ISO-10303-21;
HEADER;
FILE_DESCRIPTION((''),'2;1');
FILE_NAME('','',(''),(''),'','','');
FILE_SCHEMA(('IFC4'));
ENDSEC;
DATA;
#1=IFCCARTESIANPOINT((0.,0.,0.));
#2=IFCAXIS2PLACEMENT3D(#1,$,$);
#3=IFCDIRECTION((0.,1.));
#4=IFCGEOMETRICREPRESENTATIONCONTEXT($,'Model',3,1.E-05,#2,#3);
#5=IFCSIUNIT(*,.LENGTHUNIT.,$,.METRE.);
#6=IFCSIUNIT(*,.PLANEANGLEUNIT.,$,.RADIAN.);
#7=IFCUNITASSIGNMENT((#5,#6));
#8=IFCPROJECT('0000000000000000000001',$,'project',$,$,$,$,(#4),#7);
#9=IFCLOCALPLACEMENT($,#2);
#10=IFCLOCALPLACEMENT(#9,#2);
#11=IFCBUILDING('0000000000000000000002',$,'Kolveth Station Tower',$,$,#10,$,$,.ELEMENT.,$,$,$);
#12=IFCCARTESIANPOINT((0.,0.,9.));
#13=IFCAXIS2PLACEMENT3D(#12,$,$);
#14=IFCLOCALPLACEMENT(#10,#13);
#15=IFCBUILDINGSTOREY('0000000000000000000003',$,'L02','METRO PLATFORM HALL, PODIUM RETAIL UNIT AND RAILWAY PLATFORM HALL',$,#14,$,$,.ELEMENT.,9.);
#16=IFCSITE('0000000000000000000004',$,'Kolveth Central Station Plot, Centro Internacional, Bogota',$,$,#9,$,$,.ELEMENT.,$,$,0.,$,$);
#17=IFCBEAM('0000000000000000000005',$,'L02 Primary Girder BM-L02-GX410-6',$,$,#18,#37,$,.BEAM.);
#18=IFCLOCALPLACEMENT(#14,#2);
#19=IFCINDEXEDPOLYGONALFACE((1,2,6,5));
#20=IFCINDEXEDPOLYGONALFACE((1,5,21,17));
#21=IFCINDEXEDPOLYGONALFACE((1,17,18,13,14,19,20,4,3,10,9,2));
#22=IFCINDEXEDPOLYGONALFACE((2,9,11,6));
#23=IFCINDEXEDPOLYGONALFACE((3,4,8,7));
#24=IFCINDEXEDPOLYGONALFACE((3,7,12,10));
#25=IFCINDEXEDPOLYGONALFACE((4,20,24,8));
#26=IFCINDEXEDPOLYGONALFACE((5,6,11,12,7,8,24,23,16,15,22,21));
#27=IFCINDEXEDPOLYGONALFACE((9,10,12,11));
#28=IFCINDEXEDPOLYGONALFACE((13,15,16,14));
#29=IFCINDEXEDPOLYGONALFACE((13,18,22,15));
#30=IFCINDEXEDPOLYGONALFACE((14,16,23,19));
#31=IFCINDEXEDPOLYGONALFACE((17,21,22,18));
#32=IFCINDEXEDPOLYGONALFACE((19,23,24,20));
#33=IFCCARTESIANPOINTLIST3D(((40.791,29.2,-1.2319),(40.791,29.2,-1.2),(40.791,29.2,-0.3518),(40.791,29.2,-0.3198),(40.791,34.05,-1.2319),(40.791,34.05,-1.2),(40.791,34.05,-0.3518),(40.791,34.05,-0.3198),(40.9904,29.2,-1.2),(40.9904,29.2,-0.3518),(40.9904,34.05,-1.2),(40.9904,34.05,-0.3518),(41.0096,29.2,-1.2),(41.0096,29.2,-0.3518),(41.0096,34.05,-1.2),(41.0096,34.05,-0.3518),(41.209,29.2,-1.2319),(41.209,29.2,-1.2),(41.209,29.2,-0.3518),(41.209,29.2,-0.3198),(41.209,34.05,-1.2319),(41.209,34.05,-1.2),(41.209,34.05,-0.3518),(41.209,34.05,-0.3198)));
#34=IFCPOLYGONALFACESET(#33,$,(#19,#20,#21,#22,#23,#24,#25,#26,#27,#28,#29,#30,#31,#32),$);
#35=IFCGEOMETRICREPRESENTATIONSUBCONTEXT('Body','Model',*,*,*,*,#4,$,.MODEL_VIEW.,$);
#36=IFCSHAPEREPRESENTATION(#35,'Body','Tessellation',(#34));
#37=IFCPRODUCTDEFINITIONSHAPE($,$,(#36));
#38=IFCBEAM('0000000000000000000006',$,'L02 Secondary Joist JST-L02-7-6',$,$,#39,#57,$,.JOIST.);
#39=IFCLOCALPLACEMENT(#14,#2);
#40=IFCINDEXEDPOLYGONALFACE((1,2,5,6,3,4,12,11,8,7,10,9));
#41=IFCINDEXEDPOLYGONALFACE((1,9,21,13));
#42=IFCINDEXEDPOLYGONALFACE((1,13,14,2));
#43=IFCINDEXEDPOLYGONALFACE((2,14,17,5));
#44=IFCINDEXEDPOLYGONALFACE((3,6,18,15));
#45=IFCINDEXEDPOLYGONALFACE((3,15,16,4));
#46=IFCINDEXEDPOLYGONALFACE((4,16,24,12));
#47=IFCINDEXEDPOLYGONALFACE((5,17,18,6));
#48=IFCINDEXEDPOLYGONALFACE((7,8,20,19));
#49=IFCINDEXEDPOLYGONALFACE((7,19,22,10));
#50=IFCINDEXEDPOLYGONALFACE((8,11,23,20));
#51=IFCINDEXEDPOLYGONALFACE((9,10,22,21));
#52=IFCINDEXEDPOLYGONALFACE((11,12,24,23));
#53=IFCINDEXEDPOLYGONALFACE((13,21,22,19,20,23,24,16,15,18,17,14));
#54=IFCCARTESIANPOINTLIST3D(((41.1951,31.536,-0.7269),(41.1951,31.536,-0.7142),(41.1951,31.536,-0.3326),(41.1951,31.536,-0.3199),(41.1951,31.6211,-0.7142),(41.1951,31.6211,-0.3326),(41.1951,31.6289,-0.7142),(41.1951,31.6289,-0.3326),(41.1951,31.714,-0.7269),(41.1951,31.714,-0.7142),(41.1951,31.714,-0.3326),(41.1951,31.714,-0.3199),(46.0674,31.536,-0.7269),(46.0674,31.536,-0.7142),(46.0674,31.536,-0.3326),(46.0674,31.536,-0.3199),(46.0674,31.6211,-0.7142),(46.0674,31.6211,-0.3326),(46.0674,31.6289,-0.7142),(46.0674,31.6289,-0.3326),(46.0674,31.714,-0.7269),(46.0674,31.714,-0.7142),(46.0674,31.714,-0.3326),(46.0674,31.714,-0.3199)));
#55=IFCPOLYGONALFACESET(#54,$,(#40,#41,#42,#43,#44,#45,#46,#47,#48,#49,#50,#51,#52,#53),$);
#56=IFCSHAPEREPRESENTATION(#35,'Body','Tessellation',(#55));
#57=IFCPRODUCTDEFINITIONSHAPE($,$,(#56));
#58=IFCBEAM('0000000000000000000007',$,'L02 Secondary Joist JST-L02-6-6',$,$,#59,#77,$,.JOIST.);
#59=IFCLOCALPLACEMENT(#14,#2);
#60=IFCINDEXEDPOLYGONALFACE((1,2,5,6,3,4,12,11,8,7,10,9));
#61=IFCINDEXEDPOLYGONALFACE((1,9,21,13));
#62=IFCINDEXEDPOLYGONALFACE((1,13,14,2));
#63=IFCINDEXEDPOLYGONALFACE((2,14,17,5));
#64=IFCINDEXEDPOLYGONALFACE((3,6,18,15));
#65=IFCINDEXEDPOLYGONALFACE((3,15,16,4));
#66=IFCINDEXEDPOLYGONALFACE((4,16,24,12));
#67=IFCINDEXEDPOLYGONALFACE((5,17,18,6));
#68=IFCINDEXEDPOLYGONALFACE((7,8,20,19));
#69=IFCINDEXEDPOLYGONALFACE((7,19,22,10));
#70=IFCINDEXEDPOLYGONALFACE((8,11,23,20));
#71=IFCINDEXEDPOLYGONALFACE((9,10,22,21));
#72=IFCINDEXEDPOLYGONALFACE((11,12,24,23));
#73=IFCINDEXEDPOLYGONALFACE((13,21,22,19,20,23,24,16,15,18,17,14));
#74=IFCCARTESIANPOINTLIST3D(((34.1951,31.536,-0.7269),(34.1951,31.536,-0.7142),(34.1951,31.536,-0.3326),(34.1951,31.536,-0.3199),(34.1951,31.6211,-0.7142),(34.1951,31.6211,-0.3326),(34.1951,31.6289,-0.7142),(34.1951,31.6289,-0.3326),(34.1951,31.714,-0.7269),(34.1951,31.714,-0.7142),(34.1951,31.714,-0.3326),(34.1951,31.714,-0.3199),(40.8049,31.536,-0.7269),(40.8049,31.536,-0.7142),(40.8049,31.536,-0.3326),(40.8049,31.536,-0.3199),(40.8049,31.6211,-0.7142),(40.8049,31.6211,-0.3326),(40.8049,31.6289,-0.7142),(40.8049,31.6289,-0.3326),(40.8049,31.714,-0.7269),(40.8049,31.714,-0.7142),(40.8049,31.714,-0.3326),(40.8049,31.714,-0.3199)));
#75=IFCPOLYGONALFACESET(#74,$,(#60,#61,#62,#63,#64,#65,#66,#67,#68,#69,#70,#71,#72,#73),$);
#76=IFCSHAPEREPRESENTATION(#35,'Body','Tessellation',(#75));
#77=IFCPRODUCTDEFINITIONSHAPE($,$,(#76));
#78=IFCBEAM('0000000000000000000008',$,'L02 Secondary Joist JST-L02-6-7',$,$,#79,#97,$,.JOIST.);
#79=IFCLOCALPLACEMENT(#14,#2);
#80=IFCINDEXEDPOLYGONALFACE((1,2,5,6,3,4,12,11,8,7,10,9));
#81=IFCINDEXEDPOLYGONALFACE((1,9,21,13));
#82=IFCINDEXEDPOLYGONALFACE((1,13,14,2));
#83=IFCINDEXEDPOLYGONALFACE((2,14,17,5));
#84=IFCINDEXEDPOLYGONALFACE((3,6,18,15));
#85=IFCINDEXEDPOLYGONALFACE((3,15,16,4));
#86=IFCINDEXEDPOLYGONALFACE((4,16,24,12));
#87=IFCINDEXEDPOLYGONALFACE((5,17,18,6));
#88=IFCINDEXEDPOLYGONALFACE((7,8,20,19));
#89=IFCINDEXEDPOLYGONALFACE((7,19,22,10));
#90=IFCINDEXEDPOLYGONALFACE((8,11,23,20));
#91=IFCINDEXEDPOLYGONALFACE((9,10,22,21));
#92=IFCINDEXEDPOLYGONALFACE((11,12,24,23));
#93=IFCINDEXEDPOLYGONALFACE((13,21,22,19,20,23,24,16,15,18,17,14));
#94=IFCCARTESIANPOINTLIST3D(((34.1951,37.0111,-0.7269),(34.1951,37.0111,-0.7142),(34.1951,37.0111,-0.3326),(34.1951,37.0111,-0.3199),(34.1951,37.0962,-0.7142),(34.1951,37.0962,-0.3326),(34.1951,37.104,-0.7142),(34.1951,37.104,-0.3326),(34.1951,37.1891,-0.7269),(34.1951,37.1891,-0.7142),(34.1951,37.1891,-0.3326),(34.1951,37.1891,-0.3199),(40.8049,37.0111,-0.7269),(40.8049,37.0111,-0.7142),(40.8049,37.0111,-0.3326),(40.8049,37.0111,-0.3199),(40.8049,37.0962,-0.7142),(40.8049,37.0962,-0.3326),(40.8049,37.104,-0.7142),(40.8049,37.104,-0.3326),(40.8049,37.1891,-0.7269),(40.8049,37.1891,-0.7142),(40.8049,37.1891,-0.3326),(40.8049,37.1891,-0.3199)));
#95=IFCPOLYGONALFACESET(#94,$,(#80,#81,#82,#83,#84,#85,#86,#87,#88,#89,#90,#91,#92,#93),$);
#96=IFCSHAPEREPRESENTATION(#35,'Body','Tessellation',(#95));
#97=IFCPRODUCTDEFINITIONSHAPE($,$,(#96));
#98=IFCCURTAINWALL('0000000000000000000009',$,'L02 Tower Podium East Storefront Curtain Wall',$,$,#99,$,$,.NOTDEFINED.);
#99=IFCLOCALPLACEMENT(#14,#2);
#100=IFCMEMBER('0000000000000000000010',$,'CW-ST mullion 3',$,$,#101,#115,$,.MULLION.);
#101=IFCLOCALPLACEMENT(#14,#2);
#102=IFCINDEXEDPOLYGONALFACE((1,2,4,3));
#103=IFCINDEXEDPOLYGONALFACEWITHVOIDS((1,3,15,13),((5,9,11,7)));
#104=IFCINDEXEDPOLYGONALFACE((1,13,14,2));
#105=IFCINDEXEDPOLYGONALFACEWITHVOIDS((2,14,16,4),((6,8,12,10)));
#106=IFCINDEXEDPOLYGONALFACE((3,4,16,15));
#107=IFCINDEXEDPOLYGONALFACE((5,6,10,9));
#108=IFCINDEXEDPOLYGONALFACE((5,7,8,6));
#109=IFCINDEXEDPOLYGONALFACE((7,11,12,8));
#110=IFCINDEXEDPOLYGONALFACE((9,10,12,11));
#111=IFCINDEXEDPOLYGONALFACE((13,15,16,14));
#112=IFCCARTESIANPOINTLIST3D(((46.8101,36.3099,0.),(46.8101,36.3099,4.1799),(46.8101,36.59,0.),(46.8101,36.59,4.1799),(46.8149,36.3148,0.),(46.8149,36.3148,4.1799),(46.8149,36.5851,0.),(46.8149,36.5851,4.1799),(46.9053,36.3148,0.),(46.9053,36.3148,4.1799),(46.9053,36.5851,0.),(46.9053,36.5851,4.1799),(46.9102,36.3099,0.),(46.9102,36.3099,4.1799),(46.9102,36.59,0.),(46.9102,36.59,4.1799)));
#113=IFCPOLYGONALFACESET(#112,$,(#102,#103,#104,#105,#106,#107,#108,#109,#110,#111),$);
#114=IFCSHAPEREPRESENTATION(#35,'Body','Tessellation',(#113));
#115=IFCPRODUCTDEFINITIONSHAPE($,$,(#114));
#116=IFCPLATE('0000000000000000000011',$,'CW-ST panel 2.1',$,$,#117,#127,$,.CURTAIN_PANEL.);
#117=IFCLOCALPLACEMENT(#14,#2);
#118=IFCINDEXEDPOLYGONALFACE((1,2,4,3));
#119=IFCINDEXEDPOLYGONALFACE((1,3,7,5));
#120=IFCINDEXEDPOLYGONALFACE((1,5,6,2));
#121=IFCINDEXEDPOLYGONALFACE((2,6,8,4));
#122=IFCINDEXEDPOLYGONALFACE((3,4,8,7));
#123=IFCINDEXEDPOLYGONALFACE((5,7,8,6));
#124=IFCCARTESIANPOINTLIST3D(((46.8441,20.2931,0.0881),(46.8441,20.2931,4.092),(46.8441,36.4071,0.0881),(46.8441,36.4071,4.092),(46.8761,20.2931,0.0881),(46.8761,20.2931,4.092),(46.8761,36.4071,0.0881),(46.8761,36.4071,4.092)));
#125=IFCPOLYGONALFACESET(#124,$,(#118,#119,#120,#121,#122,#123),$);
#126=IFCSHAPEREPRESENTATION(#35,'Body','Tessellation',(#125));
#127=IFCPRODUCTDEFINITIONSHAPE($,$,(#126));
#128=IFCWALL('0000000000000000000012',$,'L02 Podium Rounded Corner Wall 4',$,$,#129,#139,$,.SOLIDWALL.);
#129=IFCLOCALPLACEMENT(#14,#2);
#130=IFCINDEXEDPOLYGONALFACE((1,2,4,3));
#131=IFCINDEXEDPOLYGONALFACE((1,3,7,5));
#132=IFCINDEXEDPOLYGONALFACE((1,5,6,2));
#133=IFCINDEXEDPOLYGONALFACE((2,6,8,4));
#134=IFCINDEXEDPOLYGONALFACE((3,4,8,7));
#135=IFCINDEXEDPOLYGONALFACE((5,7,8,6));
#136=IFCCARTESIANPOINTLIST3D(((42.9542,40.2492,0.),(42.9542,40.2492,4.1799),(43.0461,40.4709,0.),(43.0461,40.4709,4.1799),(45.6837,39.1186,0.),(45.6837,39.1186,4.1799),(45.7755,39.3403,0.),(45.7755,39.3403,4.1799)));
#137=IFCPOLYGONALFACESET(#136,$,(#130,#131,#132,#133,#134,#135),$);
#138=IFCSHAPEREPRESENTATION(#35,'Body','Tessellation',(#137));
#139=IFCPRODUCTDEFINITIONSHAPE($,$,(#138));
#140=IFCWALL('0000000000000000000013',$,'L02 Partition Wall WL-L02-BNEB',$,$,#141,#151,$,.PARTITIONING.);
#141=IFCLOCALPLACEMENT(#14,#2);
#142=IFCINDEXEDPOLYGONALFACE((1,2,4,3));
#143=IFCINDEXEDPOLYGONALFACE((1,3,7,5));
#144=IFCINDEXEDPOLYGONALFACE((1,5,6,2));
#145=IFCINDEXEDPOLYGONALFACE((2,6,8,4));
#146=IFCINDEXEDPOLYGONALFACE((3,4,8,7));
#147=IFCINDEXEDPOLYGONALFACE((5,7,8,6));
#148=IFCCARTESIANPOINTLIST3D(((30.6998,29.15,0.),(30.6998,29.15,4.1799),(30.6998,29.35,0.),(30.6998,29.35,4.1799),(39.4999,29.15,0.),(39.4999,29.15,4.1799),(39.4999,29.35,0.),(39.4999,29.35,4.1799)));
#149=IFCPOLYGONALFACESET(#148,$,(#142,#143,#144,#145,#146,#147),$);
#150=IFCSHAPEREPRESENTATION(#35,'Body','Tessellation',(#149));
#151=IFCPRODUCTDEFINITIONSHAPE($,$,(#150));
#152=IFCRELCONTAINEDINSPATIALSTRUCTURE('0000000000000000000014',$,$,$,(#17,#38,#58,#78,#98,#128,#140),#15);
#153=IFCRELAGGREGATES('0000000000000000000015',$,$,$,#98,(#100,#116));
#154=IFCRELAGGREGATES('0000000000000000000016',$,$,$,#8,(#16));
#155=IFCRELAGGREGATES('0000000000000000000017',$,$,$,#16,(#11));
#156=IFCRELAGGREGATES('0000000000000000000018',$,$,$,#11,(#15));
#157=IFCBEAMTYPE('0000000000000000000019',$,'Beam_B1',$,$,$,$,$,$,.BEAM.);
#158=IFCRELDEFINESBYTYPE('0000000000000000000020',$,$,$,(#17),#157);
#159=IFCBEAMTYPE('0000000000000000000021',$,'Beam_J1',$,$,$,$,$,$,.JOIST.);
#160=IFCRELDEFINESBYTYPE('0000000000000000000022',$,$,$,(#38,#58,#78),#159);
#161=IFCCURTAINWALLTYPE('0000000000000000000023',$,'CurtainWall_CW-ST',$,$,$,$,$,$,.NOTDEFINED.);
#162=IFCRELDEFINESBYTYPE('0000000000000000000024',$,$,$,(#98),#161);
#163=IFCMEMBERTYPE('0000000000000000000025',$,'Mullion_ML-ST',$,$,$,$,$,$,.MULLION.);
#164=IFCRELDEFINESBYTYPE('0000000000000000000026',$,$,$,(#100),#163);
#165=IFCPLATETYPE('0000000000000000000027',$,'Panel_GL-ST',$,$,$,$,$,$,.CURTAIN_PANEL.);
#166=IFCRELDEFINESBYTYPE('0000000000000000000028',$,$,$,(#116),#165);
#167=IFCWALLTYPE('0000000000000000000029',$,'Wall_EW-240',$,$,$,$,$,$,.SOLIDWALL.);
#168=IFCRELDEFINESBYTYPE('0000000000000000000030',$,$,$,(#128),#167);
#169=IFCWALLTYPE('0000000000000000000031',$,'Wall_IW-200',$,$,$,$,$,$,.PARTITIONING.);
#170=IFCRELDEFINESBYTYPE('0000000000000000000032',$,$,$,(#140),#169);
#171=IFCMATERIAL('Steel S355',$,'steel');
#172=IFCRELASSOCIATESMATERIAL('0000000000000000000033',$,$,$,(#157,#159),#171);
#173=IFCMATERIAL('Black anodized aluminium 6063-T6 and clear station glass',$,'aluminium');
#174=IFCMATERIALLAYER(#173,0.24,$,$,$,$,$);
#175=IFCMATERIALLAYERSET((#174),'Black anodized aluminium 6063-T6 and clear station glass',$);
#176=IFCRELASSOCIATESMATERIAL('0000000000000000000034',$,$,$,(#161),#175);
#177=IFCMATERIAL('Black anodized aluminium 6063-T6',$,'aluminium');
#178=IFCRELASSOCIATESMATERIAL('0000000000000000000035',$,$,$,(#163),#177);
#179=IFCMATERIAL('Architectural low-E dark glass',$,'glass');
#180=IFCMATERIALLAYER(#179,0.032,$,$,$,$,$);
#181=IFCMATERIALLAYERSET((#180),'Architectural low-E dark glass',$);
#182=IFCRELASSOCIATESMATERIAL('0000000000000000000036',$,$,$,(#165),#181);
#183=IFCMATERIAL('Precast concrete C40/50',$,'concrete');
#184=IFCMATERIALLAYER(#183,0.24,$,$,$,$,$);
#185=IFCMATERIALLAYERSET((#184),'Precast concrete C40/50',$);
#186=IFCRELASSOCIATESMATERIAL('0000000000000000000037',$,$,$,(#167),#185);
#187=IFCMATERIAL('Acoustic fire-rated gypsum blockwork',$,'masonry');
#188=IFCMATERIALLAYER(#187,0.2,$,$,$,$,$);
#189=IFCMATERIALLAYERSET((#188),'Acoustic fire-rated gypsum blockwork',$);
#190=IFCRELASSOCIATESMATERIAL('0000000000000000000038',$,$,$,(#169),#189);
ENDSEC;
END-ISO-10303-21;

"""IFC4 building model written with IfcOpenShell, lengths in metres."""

from ifc_helpers import new_model, si_unit, direction, frame, frame_2d, origin, origin_2d, place, context, subcontext, project, spatial, rectangle, hollow_rectangle, i_section, extrude, source, transform, mapped, material, layer, layer_set, material_profile, profile_set, type_object, element, aggregate, save


model = new_model("IFC4")

# Units and contexts
model_context = context("Model", 3, precision=1e-05, world=origin(), true_north=direction((0.0, 1.0)))
body_context = subcontext(model_context, "Body", "Model", "MODEL_VIEW")
ifc_project = project(units=[si_unit("LENGTHUNIT", "METRE"), si_unit("PLANEANGLEUNIT", "RADIAN")], contexts=[model_context])

# Site, building, storey
site_placement = place(None, origin())
site = spatial("IfcSite", under=ifc_project, at=site_placement, Name="Kolveth Central Station Plot, Centro Internacional, Bogota", CompositionType="ELEMENT", RefElevation=0.0)
building_placement = place(site_placement, origin())
building = spatial("IfcBuilding", under=site, at=building_placement, Name="Kolveth Station Tower", CompositionType="ELEMENT")
storey_placement = place(building_placement, frame((0.0, 0.0, 9.0)))
storey = spatial("IfcBuildingStorey", under=building, at=storey_placement, Name="L02", Description="METRO PLATFORM HALL, PODIUM RETAIL UNIT AND RAILWAY PLATFORM HALL", CompositionType="ELEMENT", Elevation=9.0)

# Beams
ifc_material_1 = material(Name="Steel S355", Category="steel")
ifc_material_profile_1 = material_profile(ifc_material_1, i_section(OverallWidth=0.418, OverallDepth=0.9121, WebThickness=0.0193, FlangeThickness=0.032, at=origin_2d()), Name="W920x342")
ifc_profile_set_1 = profile_set([ifc_material_profile_1], Name="Steel S355")
beam_type_1 = type_object("IfcBeamType", Name="Beam_B1", PredefinedType="BEAM", material=ifc_profile_set_1)
shared_shape_1 = source(origin(), body_context, "Body", "SweptSolid", [
    extrude(i_section(OverallWidth=0.418, OverallDepth=0.9121, WebThickness=0.0193, FlangeThickness=0.032, at=origin_2d()), origin(), (0.0, 0.0, 1.0), 4.8501),
])
for number, where, z_axis, x_axis, name in (
    (1, (41.0, 29.2, -0.7759), (0.0, 1.0, 0.0), (-1.0, 0.0, 0.0), "L02 Primary Girder BM-L02-GX410-6"),
):
    element("IfcBeam", number, at=place(storey_placement, frame(where, z_axis=z_axis, x_axis=x_axis)), inside=storey, type_object=beam_type_1, Name=name, PredefinedType="BEAM", context=body_context, shape_type="MappedRepresentation", body=[
        mapped(shared_shape_1, transform((0.0, 0.0, 0.0), x_axis=(1.0, 0.0, 0.0), y_axis=(0.0, 1.0, 0.0), z_axis=(0.0, 0.0, 1.0), scale=1.0)),
    ])
ifc_material_profile_2 = material_profile(ifc_material_1, i_section(OverallWidth=0.178, OverallDepth=0.407, WebThickness=0.0078, FlangeThickness=0.0127, at=origin_2d()), Name="W410x60")
ifc_profile_set_2 = profile_set([ifc_material_profile_2], Name="Steel S355")
beam_type_2 = type_object("IfcBeamType", Name="Beam_J1", PredefinedType="JOIST", material=ifc_profile_set_2)
shared_shape_2 = source(origin(), body_context, "Body", "SweptSolid", [
    extrude(i_section(OverallWidth=0.178, OverallDepth=0.407, WebThickness=0.0078, FlangeThickness=0.0127, at=origin_2d()), origin(), (0.0, 0.0, 1.0), 4.8723),
])
beam_1_placement = place(storey_placement, frame((41.1951, 31.625, -0.5234), z_axis=(1.0, 0.0, 0.0), x_axis=(0.0, 1.0, 0.0)))
element("IfcBeam", 2, at=beam_1_placement, inside=storey, type_object=beam_type_2, Name="L02 Secondary Joist JST-L02-7-6", PredefinedType="JOIST", context=body_context, shape_type="MappedRepresentation", body=[
    mapped(shared_shape_2, transform((0.0, 0.0, 0.0), x_axis=(1.0, 0.0, 0.0), y_axis=(0.0, 1.0, 0.0), z_axis=(0.0, 0.0, 1.0), scale=1.0)),
])
shared_shape_3 = source(origin(), body_context, "Body", "SweptSolid", [
    extrude(i_section(OverallWidth=0.178, OverallDepth=0.407, WebThickness=0.0078, FlangeThickness=0.0127, at=origin_2d()), origin(), (0.0, 0.0, 1.0), 6.6099),
])
for number, where, z_axis, x_axis, name in (
    (3, (34.1951, 31.625, -0.5234), (1.0, 0.0, 0.0), (0.0, 1.0, 0.0), "L02 Secondary Joist JST-L02-6-6"),
    (4, (34.1951, 37.1001, -0.5234), (1.0, 0.0, 0.0), (0.0, 1.0, 0.0), "L02 Secondary Joist JST-L02-6-7"),
):
    element("IfcBeam", number, at=place(storey_placement, frame(where, z_axis=z_axis, x_axis=x_axis)), inside=storey, type_object=beam_type_2, Name=name, PredefinedType="JOIST", context=body_context, shape_type="MappedRepresentation", body=[
        mapped(shared_shape_3, transform((0.0, 0.0, 0.0), x_axis=(1.0, 0.0, 0.0), y_axis=(0.0, 1.0, 0.0), z_axis=(0.0, 0.0, 1.0), scale=1.0)),
    ])

# Curtain wall, member, plate
ifc_material_2 = material(Name="Black anodized aluminium 6063-T6 and clear station glass", Category="aluminium")
ifc_layer_1 = layer(ifc_material_2, 0.24)
ifc_layer_set_1 = layer_set([ifc_layer_1], Name="Black anodized aluminium 6063-T6 and clear station glass")
curtain_wall_type = type_object("IfcCurtainWallType", Name="CurtainWall_CW-ST", PredefinedType="NOTDEFINED", material=ifc_layer_set_1)
curtain_wall_placement = place(storey_placement, origin())
curtain_wall = element("IfcCurtainWall", 5, at=curtain_wall_placement, inside=storey, type_object=curtain_wall_type, Name="L02 Tower Podium East Storefront Curtain Wall", PredefinedType="NOTDEFINED")
ifc_material_3 = material(Name="Black anodized aluminium 6063-T6", Category="aluminium")
ifc_material_profile_3 = material_profile(ifc_material_3, hollow_rectangle(XDim=0.1001, YDim=0.28, WallThickness=0.0049, at=origin_2d()), Name="ALU-100x280x5")
ifc_profile_set_3 = profile_set([ifc_material_profile_3], Name="Black anodized aluminium 6063-T6")
member_type = type_object("IfcMemberType", Name="Mullion_ML-ST", PredefinedType="MULLION", material=ifc_profile_set_3)
shared_shape_4 = source(origin(), body_context, "Body", "SweptSolid", [
    extrude(hollow_rectangle(XDim=0.1001, YDim=0.28, WallThickness=0.0049, at=origin_2d()), origin(), (0.0, 0.0, 1.0), 4.1799),
])
member_placement = place(storey_placement, frame((46.8601, 36.45, 0.0), z_axis=(0.0, 0.0, 1.0), x_axis=(-1.0, 0.0, 0.0)))
member = element("IfcMember", 6, at=member_placement, type_object=member_type, Name="CW-ST mullion 3", PredefinedType="MULLION", context=body_context, shape_type="MappedRepresentation", body=[
    mapped(shared_shape_4, transform((0.0, 0.0, 0.0), x_axis=(1.0, 0.0, 0.0), y_axis=(0.0, 1.0, 0.0), z_axis=(0.0, 0.0, 1.0), scale=1.0)),
])
ifc_material_4 = material(Name="Architectural low-E dark glass", Category="glass")
ifc_layer_2 = layer(ifc_material_4, 0.032)
ifc_layer_set_2 = layer_set([ifc_layer_2], Name="Architectural low-E dark glass")
plate_type = type_object("IfcPlateType", Name="Panel_GL-ST", PredefinedType="CURTAIN_PANEL", material=ifc_layer_set_2)
shared_shape_5 = source(origin(), body_context, "Body", "SweptSolid", [
    extrude(rectangle(XDim=16.114, YDim=0.032, at=origin_2d()), origin(), (0.0, 0.0, 1.0), 4.0039),
])
plate_placement = place(storey_placement, frame((46.8601, 28.3501, 0.0881), z_axis=(0.0, 0.0, 1.0), x_axis=(0.0, 1.0, 0.0)))
plate = element("IfcPlate", 7, at=plate_placement, type_object=plate_type, Name="CW-ST panel 2.1", PredefinedType="CURTAIN_PANEL", context=body_context, shape_type="MappedRepresentation", body=[
    mapped(shared_shape_5, transform((0.0, 0.0, 0.0), x_axis=(1.0, 0.0, 0.0), y_axis=(0.0, 1.0, 0.0), z_axis=(0.0, 0.0, 1.0), scale=1.0)),
])
aggregate(curtain_wall, [member, plate])

# Walls
ifc_material_5 = material(Name="Precast concrete C40/50", Category="concrete")
ifc_layer_3 = layer(ifc_material_5, 0.24)
ifc_layer_set_3 = layer_set([ifc_layer_3], Name="Precast concrete C40/50")
wall_type_1 = type_object("IfcWallType", Name="Wall_EW-240", PredefinedType="SOLIDWALL", material=ifc_layer_set_3)
wall_1_placement = place(storey_placement, frame((45.7295, 39.2295, 0.0), z_axis=(0.0, 0.0, 1.0), x_axis=(-0.923877, 0.38269, 0.0)))
element("IfcWall", 8, at=wall_1_placement, inside=storey, type_object=wall_type_1, Name="L02 Podium Rounded Corner Wall 4", PredefinedType="SOLIDWALL", context=body_context, shape_type="SweptSolid", body=[
    extrude(rectangle(XDim=2.9543, YDim=0.24, at=frame_2d((1.4771, 0.0))), origin(), (0.0, 0.0, 1.0), 4.1799),
])
ifc_material_6 = material(Name="Acoustic fire-rated gypsum blockwork", Category="masonry")
ifc_layer_4 = layer(ifc_material_6, 0.2)
ifc_layer_set_4 = layer_set([ifc_layer_4], Name="Acoustic fire-rated gypsum blockwork")
wall_type_2 = type_object("IfcWallType", Name="Wall_IW-200", PredefinedType="PARTITIONING", material=ifc_layer_set_4)
wall_2_placement = place(storey_placement, frame((30.7, 29.25, 0.0), z_axis=(0.0, 0.0, 1.0), x_axis=(1.0, 0.0, 0.0)))
element("IfcWall", 9, at=wall_2_placement, inside=storey, type_object=wall_type_2, Name="L02 Partition Wall WL-L02-BNEB", PredefinedType="PARTITIONING", context=body_context, shape_type="SweptSolid", body=[
    extrude(rectangle(XDim=8.8, YDim=0.2, at=frame_2d((4.3999, 0.0))), origin(), (0.0, 0.0, 1.0), 4.1799),
])

save(model, "model.ifc")
